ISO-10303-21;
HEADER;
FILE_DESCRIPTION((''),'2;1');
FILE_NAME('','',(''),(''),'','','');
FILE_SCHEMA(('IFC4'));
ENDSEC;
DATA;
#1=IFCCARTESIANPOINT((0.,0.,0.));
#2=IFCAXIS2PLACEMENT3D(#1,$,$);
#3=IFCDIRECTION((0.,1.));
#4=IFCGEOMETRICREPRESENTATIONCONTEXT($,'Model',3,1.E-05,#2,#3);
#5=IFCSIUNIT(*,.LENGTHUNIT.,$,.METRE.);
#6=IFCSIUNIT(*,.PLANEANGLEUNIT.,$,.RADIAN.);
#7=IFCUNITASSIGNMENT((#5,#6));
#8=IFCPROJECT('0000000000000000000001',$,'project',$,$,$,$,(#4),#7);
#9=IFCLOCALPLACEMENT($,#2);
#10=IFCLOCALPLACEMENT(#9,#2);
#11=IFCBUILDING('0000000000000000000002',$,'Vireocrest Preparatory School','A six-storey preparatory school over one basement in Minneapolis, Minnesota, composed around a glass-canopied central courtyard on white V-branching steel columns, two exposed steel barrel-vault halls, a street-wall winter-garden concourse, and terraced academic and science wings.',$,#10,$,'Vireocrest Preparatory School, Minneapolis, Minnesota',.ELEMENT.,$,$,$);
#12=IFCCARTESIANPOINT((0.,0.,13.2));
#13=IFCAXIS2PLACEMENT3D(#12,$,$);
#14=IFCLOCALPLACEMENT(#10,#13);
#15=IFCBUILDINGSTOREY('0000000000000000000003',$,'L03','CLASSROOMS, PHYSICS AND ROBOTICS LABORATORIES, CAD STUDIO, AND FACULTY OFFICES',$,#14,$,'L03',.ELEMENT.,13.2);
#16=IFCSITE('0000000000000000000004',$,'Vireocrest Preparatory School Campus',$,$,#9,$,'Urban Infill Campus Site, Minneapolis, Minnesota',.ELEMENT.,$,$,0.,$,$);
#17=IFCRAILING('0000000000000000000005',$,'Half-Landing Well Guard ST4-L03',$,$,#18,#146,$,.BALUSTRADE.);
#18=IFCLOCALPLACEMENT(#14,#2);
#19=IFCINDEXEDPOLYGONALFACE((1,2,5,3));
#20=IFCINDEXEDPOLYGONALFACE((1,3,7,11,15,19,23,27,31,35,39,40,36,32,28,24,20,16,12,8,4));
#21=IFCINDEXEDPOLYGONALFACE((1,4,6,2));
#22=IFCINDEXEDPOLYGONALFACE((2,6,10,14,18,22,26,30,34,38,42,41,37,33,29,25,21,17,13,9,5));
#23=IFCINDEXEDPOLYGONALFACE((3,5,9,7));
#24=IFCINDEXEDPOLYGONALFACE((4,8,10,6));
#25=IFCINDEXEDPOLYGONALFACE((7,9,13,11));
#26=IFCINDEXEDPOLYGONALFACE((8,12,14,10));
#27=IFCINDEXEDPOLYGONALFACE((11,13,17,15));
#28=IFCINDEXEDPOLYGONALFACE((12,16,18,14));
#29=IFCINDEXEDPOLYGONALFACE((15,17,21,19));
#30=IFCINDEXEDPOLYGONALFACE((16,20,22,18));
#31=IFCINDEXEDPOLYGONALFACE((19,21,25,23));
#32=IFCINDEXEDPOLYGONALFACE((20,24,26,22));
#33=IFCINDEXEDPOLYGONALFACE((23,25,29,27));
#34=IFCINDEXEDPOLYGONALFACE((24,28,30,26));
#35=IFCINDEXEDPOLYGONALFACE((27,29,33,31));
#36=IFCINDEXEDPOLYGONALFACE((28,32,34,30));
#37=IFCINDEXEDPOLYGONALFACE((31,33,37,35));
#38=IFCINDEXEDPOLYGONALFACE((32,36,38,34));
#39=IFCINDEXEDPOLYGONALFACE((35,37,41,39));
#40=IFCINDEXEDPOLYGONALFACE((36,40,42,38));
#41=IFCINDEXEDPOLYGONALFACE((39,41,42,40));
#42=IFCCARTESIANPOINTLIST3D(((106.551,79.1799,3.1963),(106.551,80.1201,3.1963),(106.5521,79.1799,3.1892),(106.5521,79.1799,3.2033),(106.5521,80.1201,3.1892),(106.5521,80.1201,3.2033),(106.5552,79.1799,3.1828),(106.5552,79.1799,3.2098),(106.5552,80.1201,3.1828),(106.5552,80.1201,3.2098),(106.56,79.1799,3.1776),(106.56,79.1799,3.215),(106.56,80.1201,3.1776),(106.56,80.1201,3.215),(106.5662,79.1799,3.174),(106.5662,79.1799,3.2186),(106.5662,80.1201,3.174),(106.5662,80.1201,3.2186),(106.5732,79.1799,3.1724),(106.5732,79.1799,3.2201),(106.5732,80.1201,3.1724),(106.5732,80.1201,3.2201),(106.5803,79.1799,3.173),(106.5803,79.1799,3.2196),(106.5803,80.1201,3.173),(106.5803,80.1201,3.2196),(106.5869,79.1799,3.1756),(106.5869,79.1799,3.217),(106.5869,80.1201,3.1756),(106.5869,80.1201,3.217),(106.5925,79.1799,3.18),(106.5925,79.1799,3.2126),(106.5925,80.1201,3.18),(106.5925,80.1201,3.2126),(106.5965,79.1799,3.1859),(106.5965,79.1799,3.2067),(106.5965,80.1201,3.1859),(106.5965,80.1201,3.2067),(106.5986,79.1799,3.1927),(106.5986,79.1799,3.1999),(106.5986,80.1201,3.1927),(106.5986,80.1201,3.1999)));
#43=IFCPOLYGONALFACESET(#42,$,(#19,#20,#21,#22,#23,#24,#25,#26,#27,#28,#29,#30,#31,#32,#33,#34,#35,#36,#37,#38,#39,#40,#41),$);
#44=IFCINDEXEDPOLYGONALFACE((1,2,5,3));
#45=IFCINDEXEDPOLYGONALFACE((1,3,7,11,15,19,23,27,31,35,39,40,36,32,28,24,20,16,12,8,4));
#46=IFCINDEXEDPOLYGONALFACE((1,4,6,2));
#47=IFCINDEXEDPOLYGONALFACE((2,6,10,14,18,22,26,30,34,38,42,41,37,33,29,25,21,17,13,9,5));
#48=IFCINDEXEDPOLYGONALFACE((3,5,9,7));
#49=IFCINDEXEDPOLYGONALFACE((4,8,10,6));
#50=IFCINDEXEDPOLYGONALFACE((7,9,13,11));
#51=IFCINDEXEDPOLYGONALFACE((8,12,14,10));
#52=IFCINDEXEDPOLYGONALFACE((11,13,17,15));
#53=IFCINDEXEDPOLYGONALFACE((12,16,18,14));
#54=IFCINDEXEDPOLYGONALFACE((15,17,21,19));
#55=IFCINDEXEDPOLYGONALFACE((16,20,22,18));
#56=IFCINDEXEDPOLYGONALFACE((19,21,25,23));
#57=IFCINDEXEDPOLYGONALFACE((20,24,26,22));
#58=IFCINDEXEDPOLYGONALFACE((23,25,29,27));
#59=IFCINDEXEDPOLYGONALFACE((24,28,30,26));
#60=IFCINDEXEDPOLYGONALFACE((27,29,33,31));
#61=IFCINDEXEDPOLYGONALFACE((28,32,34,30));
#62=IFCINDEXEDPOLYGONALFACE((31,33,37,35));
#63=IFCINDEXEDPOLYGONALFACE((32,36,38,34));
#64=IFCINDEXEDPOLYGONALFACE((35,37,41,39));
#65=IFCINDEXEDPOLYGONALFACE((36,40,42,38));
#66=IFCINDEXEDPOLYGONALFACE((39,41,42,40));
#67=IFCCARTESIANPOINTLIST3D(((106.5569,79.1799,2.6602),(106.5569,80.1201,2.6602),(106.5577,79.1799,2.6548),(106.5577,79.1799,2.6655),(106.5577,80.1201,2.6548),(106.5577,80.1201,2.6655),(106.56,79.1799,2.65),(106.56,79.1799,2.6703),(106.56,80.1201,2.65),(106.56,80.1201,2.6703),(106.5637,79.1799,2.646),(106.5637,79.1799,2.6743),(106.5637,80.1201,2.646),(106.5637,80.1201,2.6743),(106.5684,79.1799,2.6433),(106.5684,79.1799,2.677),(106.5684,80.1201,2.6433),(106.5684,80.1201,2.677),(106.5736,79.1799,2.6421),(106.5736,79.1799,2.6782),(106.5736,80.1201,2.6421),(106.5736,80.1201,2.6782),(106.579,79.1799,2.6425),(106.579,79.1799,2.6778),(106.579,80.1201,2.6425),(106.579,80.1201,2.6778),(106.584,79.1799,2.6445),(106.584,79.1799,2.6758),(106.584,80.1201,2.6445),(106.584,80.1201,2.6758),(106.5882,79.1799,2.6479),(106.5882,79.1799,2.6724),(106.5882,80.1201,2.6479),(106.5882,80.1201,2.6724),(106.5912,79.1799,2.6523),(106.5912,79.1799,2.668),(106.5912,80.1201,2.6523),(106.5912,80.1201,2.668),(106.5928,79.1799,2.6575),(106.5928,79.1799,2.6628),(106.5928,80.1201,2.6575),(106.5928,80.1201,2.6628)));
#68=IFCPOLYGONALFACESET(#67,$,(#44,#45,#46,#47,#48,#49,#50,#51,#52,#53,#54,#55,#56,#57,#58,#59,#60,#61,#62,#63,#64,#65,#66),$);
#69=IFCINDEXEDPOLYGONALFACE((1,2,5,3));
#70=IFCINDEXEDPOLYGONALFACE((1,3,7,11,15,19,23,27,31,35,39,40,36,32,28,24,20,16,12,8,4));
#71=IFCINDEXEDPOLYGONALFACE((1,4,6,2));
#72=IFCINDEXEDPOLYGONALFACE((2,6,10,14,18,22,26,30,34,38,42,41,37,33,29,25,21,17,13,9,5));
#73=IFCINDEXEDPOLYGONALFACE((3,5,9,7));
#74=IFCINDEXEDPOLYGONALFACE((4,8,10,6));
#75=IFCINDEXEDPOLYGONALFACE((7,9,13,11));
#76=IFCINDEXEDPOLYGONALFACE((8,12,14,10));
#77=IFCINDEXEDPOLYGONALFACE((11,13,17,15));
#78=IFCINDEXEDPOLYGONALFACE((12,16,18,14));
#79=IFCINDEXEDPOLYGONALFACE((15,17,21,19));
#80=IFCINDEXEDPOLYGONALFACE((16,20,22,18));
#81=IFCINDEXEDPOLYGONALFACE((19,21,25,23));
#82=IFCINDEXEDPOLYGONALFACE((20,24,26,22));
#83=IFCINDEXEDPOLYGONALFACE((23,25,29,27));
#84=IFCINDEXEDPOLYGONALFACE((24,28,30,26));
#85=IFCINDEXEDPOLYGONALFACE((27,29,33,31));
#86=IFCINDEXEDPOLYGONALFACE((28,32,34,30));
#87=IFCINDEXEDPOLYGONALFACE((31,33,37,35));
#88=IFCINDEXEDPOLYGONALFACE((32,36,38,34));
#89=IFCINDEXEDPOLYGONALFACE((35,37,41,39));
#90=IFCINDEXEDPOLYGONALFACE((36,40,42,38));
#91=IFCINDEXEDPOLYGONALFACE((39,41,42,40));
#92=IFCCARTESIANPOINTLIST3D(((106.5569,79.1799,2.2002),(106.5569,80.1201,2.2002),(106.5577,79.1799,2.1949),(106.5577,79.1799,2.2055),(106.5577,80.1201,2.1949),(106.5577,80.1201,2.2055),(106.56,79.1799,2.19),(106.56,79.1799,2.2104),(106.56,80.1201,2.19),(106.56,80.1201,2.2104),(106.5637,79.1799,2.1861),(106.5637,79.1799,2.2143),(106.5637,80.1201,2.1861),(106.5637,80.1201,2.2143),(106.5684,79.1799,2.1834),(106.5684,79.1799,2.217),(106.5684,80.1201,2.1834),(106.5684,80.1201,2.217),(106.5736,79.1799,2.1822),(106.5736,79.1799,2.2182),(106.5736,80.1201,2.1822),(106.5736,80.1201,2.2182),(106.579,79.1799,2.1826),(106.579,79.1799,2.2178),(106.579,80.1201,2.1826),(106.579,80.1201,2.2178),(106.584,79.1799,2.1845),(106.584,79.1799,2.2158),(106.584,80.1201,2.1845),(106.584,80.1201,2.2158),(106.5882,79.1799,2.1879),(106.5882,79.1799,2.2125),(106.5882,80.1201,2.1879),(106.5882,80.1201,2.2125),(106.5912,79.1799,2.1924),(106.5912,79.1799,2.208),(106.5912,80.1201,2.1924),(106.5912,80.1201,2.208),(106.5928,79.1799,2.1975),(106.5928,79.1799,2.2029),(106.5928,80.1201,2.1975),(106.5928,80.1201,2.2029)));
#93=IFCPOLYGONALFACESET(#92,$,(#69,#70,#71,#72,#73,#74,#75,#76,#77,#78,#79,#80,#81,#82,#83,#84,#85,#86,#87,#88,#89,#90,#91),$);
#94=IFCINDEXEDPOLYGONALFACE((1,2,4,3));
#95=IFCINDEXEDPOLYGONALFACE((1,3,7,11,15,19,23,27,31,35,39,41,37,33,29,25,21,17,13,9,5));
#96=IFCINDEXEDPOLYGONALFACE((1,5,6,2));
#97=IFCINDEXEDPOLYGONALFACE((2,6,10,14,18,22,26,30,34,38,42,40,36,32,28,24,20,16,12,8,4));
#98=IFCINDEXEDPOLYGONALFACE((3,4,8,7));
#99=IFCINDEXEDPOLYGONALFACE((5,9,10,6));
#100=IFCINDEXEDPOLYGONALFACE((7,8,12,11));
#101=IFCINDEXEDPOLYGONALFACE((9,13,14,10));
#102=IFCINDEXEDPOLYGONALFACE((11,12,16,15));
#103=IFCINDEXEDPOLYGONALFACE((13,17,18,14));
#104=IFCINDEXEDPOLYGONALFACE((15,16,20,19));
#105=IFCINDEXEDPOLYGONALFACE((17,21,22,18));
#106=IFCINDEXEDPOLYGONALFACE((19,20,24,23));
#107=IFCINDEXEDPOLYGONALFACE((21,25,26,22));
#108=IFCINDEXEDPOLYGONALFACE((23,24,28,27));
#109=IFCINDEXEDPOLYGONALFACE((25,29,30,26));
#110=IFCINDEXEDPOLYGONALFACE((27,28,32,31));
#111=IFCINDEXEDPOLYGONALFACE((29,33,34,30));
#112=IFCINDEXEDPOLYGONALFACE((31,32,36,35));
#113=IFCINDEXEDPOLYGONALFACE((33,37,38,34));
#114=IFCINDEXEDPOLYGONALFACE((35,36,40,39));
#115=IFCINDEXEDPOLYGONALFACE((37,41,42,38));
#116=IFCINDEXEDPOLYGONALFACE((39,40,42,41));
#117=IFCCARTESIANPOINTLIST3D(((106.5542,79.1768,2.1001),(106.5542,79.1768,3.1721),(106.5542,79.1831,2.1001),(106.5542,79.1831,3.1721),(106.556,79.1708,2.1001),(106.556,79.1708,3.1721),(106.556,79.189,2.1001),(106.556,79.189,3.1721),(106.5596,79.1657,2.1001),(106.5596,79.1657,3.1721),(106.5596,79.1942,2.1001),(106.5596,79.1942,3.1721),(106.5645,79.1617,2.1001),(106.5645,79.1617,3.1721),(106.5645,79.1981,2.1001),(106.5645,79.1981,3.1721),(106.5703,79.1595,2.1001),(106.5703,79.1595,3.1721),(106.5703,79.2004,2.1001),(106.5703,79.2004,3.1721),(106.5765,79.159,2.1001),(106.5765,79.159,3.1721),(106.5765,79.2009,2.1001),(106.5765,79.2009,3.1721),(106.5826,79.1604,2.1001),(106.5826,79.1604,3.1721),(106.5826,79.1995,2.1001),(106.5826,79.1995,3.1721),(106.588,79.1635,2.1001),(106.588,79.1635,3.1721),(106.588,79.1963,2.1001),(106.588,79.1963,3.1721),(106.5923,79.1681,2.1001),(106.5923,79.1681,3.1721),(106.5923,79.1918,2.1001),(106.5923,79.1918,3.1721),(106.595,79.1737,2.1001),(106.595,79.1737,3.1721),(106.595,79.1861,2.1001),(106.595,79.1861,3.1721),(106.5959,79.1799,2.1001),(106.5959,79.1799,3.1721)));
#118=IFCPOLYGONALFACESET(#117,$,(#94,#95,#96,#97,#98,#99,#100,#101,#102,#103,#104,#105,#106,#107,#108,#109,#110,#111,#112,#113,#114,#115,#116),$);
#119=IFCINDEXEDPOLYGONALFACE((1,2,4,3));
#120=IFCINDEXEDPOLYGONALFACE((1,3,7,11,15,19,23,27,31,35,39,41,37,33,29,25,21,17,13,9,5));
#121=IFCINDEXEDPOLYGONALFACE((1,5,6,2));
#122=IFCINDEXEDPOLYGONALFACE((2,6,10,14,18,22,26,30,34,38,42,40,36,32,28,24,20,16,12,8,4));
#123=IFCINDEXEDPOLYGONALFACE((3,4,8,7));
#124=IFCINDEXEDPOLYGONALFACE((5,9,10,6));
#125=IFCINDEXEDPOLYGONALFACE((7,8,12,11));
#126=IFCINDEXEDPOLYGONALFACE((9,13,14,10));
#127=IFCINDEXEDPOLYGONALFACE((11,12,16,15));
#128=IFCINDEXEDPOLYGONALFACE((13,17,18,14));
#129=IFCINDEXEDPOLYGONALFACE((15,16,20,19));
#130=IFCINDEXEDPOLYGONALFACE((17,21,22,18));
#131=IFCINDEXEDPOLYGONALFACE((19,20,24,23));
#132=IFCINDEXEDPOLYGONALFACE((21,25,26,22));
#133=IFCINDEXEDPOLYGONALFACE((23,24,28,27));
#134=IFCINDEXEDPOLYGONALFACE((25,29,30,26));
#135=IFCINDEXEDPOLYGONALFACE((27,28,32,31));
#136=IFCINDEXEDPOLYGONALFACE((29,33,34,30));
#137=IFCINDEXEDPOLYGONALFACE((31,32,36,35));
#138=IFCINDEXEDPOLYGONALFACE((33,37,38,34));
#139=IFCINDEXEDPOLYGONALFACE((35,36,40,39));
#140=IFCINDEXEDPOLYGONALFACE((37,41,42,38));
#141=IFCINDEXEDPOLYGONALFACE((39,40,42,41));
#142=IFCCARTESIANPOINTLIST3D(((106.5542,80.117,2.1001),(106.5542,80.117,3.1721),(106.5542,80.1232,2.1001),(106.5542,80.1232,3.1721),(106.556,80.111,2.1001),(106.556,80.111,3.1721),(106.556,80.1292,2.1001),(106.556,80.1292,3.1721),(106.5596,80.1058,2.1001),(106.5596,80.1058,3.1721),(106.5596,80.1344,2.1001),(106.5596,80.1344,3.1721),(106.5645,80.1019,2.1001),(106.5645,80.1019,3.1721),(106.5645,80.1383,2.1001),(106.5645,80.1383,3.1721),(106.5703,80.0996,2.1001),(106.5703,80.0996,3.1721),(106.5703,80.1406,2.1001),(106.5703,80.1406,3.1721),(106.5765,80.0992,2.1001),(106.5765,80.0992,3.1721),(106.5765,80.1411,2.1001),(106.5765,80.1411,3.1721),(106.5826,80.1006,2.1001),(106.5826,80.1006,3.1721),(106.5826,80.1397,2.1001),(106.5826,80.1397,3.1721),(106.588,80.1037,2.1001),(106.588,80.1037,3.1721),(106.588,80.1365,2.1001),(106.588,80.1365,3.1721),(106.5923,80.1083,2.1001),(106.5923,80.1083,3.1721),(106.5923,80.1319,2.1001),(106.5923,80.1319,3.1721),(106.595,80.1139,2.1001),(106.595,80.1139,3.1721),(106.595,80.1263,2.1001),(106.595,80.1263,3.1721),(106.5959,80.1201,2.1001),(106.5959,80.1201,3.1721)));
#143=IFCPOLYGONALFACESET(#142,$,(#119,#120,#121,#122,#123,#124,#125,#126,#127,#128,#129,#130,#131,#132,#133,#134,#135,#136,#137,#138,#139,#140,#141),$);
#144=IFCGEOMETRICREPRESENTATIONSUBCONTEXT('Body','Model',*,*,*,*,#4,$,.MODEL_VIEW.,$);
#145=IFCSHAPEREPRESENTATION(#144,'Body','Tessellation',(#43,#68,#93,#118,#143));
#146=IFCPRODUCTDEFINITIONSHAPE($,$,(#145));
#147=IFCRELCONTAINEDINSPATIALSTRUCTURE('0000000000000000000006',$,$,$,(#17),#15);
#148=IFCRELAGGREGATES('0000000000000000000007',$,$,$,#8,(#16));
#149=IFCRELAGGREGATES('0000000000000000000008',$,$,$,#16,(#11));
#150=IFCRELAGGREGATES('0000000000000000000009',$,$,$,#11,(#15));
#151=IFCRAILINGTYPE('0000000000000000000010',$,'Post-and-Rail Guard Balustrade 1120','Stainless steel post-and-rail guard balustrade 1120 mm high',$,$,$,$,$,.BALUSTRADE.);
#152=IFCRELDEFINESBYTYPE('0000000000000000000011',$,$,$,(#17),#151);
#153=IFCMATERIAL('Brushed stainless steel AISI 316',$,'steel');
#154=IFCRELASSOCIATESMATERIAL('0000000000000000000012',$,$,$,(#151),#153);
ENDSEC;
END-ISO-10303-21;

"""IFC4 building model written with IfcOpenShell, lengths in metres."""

from ifc_helpers import new_model, si_unit, direction, frame, origin, origin_2d, place, context, subcontext, project, spatial, circle, extrude, material, type_object, element, save


model = new_model("IFC4")

# Units and contexts
model_context = context("Model", 3, precision=1e-05, world=origin(), true_north=direction((0.0, 1.0)))
body_context = subcontext(model_context, "Body", "Model", "MODEL_VIEW")
ifc_project = project(units=[si_unit("LENGTHUNIT", "METRE"), si_unit("PLANEANGLEUNIT", "RADIAN")], contexts=[model_context])

# Site, building, storey
site_placement = place(None, origin())
site = spatial("IfcSite", under=ifc_project, at=site_placement, Name="Vireocrest Preparatory School Campus", LongName="Urban Infill Campus Site, Minneapolis, Minnesota", CompositionType="ELEMENT", RefElevation=0.0)
building_placement = place(site_placement, origin())
building = spatial("IfcBuilding", under=site, at=building_placement, Name="Vireocrest Preparatory School", Description="A six-storey preparatory school over one basement in Minneapolis, Minnesota, composed around a glass-canopied central courtyard on white V-branching steel columns, two exposed steel barrel-vault halls, a street-wall winter-garden concourse, and terraced academic and science wings.", LongName="Vireocrest Preparatory School, Minneapolis, Minnesota", CompositionType="ELEMENT")
storey_placement = place(building_placement, frame((0.0, 0.0, 13.2)))
storey = spatial("IfcBuildingStorey", under=building, at=storey_placement, Name="L03", Description="CLASSROOMS, PHYSICS AND ROBOTICS LABORATORIES, CAD STUDIO, AND FACULTY OFFICES", LongName="L03", CompositionType="ELEMENT", Elevation=13.2)

# Railing
ifc_material_1 = material(Name="Brushed stainless steel AISI 316", Category="steel")
railing_type_1 = type_object("IfcRailingType", Name="Post-and-Rail Guard Balustrade 1120", Description="Stainless steel post-and-rail guard balustrade 1120 mm high", PredefinedType="BALUSTRADE", material=ifc_material_1)
railing_1_placement = place(storey_placement, frame((106.575, 79.1799, 2.1001)))
element("IfcRailing", 1, at=railing_1_placement, inside=storey, type_object=railing_type_1, Name="Half-Landing Well Guard ST4-L03", PredefinedType="BALUSTRADE", context=body_context, shape_type="SweptSolid", body=[
    extrude(circle(Radius=0.0239, at=origin_2d()), frame((0.0, 0.0, 1.0962), z_axis=(0.0, 1.0, 0.0), x_axis=(-1.0, 0.0, 0.0)), (0.0, 0.0, 1.0), 0.9402),
    extrude(circle(Radius=0.0181, at=origin_2d()), frame((0.0, 0.0, 0.5601), z_axis=(0.0, 1.0, 0.0), x_axis=(-1.0, 0.0, 0.0)), (0.0, 0.0, 1.0), 0.9402),
    extrude(circle(Radius=0.0181, at=origin_2d()), frame((0.0, 0.0, 0.1001), z_axis=(0.0, 1.0, 0.0), x_axis=(-1.0, 0.0, 0.0)), (0.0, 0.0, 1.0), 0.9402),
    extrude(circle(Radius=0.021, at=origin_2d()), origin(), (0.0, 0.0, 1.0), 1.072),
    extrude(circle(Radius=0.021, at=origin_2d()), frame((0.0, 0.9402, 0.0)), (0.0, 0.0, 1.0), 1.072),
])

save(model, "model.ifc")
